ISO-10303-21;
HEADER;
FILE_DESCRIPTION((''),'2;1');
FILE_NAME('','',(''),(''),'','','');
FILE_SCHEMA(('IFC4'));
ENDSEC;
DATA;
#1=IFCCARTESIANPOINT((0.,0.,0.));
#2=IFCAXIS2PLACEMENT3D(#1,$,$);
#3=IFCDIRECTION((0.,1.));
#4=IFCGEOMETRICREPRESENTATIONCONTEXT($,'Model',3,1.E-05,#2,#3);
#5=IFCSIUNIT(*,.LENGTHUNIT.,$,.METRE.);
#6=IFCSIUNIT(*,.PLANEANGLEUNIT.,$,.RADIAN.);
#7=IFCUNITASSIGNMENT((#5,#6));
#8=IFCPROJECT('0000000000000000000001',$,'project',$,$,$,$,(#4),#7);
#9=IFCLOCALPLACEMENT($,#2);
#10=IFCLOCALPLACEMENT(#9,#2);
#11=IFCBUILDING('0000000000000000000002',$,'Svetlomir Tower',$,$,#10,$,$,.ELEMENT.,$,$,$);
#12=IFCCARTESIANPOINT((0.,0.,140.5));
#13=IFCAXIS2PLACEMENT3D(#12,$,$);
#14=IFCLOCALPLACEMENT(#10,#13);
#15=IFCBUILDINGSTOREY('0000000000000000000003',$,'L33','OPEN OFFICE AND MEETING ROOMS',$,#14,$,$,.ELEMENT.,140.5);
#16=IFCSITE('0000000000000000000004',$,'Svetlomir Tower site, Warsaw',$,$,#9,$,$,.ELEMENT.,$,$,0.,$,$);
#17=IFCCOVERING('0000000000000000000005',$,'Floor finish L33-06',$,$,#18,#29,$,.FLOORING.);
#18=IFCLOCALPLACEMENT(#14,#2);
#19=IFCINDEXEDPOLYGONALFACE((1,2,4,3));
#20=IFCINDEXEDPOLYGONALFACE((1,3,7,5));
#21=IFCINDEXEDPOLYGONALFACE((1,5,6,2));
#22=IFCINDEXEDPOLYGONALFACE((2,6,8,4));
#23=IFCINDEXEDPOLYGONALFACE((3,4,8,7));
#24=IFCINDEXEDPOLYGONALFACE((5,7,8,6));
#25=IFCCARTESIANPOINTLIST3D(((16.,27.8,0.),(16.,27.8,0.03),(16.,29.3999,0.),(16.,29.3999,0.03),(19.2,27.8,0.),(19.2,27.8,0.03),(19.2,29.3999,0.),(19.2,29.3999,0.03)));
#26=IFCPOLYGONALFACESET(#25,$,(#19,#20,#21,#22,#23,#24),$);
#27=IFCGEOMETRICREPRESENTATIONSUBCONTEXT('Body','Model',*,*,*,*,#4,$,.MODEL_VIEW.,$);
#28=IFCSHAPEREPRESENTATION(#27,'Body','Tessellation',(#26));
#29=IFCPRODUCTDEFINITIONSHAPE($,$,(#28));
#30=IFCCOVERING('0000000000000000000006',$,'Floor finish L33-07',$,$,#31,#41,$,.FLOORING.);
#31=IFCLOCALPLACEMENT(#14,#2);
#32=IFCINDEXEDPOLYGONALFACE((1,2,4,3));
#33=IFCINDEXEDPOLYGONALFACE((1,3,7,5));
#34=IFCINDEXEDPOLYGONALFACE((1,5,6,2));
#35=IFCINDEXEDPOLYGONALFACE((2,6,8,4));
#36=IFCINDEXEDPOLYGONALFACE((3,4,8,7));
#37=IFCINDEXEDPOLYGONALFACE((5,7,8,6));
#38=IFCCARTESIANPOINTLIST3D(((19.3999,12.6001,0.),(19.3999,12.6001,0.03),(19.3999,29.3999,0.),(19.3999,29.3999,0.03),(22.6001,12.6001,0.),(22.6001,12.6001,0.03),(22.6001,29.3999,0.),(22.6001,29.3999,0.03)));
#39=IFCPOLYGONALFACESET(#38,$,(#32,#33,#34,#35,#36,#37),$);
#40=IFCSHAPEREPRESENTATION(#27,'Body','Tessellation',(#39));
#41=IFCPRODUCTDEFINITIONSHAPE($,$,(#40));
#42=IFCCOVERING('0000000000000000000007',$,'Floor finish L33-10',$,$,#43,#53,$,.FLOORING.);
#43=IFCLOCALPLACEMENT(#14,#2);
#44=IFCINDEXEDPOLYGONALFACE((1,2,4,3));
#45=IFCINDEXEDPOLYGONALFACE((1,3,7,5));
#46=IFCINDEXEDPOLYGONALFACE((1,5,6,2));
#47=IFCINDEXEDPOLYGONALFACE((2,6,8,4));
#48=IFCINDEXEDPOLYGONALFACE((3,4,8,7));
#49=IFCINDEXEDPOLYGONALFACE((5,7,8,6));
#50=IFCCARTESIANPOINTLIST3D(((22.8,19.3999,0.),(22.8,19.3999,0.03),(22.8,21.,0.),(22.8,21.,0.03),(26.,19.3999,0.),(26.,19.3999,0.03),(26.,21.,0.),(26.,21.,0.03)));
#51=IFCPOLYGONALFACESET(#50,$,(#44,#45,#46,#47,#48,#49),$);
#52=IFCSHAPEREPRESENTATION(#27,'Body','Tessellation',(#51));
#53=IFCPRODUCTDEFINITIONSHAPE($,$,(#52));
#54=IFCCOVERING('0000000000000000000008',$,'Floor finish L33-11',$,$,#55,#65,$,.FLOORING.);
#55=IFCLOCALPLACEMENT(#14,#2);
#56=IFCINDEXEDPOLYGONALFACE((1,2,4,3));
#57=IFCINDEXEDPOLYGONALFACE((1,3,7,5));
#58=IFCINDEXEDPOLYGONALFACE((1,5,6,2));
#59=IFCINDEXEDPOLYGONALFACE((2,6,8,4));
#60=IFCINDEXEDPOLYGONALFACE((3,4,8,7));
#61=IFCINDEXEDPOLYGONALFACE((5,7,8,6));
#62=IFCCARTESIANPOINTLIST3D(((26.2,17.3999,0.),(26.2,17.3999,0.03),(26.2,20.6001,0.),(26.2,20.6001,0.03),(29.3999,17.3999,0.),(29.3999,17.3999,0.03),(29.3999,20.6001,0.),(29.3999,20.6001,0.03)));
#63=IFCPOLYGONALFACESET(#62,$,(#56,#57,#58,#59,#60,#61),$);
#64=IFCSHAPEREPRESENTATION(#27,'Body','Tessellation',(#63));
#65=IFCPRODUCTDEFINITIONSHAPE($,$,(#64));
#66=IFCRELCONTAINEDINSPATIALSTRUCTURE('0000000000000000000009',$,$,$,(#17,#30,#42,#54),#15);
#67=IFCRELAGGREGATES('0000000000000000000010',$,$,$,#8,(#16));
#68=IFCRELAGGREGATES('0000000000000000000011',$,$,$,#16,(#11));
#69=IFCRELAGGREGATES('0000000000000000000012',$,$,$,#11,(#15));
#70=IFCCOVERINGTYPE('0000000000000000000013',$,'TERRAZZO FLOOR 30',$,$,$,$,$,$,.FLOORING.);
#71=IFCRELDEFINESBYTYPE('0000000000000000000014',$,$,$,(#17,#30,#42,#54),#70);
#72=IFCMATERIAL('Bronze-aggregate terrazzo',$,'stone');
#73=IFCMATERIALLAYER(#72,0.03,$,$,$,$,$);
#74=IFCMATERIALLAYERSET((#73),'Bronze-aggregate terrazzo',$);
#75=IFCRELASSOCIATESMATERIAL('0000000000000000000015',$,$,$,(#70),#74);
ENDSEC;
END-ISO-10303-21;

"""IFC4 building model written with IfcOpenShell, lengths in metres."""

from ifc_helpers import new_model, si_unit, direction, frame, origin, place, context, subcontext, project, spatial, polyline, outline, extrude, material, layer, layer_set, type_object, element, save


model = new_model("IFC4")

# Units and contexts
model_context = context("Model", 3, precision=1e-05, world=origin(), true_north=direction((0.0, 1.0)))
body_context = subcontext(model_context, "Body", "Model", "MODEL_VIEW")
ifc_project = project(units=[si_unit("LENGTHUNIT", "METRE"), si_unit("PLANEANGLEUNIT", "RADIAN")], contexts=[model_context])

# Site, building, storey
site_placement = place(None, origin())
site = spatial("IfcSite", under=ifc_project, at=site_placement, Name="Svetlomir Tower site, Warsaw", CompositionType="ELEMENT", RefElevation=0.0)
building_placement = place(site_placement, origin())
building = spatial("IfcBuilding", under=site, at=building_placement, Name="Svetlomir Tower", CompositionType="ELEMENT")
storey_placement = place(building_placement, frame((0.0, 0.0, 140.5)))
storey = spatial("IfcBuildingStorey", under=building, at=storey_placement, Name="L33", Description="OPEN OFFICE AND MEETING ROOMS", CompositionType="ELEMENT", Elevation=140.5)

# Coverings
ifc_material_1 = material(Name="Bronze-aggregate terrazzo", Category="stone")
ifc_layer_1 = layer(ifc_material_1, 0.03)
ifc_layer_set_1 = layer_set([ifc_layer_1], Name="Bronze-aggregate terrazzo")
covering_type_1 = type_object("IfcCoveringType", Name="TERRAZZO FLOOR 30", PredefinedType="FLOORING", material=ifc_layer_set_1)
covering_1_placement = place(storey_placement, origin())
element("IfcCovering", 1, at=covering_1_placement, inside=storey, type_object=covering_type_1, Name="Floor finish L33-06", PredefinedType="FLOORING", context=body_context, shape_type="SweptSolid", body=[
    extrude(outline(polyline([(16.0, 27.8), (19.2, 27.8), (19.2, 29.3999), (16.0, 29.3999), (16.0, 27.8)])), origin(), (0.0, 0.0, 1.0), 0.03),
])
covering_2_placement = place(storey_placement, origin())
element("IfcCovering", 2, at=covering_2_placement, inside=storey, type_object=covering_type_1, Name="Floor finish L33-07", PredefinedType="FLOORING", context=body_context, shape_type="SweptSolid", body=[
    extrude(outline(polyline([(19.3999, 12.6001), (22.6001, 12.6001), (22.6001, 29.3999), (19.3999, 29.3999), (19.3999, 12.6001)])), origin(), (0.0, 0.0, 1.0), 0.03),
])
covering_3_placement = place(storey_placement, origin())
element("IfcCovering", 3, at=covering_3_placement, inside=storey, type_object=covering_type_1, Name="Floor finish L33-10", PredefinedType="FLOORING", context=body_context, shape_type="SweptSolid", body=[
    extrude(outline(polyline([(22.8, 19.3999), (26.0, 19.3999), (26.0, 21.0), (22.8, 21.0), (22.8, 19.3999)])), origin(), (0.0, 0.0, 1.0), 0.03),
])
covering_4_placement = place(storey_placement, origin())
element("IfcCovering", 4, at=covering_4_placement, inside=storey, type_object=covering_type_1, Name="Floor finish L33-11", PredefinedType="FLOORING", context=body_context, shape_type="SweptSolid", body=[
    extrude(outline(polyline([(26.2, 17.3999), (29.3999, 17.3999), (29.3999, 20.6001), (26.2, 20.6001), (26.2, 17.3999)])), origin(), (0.0, 0.0, 1.0), 0.03),
])

save(model, "model.ifc")
